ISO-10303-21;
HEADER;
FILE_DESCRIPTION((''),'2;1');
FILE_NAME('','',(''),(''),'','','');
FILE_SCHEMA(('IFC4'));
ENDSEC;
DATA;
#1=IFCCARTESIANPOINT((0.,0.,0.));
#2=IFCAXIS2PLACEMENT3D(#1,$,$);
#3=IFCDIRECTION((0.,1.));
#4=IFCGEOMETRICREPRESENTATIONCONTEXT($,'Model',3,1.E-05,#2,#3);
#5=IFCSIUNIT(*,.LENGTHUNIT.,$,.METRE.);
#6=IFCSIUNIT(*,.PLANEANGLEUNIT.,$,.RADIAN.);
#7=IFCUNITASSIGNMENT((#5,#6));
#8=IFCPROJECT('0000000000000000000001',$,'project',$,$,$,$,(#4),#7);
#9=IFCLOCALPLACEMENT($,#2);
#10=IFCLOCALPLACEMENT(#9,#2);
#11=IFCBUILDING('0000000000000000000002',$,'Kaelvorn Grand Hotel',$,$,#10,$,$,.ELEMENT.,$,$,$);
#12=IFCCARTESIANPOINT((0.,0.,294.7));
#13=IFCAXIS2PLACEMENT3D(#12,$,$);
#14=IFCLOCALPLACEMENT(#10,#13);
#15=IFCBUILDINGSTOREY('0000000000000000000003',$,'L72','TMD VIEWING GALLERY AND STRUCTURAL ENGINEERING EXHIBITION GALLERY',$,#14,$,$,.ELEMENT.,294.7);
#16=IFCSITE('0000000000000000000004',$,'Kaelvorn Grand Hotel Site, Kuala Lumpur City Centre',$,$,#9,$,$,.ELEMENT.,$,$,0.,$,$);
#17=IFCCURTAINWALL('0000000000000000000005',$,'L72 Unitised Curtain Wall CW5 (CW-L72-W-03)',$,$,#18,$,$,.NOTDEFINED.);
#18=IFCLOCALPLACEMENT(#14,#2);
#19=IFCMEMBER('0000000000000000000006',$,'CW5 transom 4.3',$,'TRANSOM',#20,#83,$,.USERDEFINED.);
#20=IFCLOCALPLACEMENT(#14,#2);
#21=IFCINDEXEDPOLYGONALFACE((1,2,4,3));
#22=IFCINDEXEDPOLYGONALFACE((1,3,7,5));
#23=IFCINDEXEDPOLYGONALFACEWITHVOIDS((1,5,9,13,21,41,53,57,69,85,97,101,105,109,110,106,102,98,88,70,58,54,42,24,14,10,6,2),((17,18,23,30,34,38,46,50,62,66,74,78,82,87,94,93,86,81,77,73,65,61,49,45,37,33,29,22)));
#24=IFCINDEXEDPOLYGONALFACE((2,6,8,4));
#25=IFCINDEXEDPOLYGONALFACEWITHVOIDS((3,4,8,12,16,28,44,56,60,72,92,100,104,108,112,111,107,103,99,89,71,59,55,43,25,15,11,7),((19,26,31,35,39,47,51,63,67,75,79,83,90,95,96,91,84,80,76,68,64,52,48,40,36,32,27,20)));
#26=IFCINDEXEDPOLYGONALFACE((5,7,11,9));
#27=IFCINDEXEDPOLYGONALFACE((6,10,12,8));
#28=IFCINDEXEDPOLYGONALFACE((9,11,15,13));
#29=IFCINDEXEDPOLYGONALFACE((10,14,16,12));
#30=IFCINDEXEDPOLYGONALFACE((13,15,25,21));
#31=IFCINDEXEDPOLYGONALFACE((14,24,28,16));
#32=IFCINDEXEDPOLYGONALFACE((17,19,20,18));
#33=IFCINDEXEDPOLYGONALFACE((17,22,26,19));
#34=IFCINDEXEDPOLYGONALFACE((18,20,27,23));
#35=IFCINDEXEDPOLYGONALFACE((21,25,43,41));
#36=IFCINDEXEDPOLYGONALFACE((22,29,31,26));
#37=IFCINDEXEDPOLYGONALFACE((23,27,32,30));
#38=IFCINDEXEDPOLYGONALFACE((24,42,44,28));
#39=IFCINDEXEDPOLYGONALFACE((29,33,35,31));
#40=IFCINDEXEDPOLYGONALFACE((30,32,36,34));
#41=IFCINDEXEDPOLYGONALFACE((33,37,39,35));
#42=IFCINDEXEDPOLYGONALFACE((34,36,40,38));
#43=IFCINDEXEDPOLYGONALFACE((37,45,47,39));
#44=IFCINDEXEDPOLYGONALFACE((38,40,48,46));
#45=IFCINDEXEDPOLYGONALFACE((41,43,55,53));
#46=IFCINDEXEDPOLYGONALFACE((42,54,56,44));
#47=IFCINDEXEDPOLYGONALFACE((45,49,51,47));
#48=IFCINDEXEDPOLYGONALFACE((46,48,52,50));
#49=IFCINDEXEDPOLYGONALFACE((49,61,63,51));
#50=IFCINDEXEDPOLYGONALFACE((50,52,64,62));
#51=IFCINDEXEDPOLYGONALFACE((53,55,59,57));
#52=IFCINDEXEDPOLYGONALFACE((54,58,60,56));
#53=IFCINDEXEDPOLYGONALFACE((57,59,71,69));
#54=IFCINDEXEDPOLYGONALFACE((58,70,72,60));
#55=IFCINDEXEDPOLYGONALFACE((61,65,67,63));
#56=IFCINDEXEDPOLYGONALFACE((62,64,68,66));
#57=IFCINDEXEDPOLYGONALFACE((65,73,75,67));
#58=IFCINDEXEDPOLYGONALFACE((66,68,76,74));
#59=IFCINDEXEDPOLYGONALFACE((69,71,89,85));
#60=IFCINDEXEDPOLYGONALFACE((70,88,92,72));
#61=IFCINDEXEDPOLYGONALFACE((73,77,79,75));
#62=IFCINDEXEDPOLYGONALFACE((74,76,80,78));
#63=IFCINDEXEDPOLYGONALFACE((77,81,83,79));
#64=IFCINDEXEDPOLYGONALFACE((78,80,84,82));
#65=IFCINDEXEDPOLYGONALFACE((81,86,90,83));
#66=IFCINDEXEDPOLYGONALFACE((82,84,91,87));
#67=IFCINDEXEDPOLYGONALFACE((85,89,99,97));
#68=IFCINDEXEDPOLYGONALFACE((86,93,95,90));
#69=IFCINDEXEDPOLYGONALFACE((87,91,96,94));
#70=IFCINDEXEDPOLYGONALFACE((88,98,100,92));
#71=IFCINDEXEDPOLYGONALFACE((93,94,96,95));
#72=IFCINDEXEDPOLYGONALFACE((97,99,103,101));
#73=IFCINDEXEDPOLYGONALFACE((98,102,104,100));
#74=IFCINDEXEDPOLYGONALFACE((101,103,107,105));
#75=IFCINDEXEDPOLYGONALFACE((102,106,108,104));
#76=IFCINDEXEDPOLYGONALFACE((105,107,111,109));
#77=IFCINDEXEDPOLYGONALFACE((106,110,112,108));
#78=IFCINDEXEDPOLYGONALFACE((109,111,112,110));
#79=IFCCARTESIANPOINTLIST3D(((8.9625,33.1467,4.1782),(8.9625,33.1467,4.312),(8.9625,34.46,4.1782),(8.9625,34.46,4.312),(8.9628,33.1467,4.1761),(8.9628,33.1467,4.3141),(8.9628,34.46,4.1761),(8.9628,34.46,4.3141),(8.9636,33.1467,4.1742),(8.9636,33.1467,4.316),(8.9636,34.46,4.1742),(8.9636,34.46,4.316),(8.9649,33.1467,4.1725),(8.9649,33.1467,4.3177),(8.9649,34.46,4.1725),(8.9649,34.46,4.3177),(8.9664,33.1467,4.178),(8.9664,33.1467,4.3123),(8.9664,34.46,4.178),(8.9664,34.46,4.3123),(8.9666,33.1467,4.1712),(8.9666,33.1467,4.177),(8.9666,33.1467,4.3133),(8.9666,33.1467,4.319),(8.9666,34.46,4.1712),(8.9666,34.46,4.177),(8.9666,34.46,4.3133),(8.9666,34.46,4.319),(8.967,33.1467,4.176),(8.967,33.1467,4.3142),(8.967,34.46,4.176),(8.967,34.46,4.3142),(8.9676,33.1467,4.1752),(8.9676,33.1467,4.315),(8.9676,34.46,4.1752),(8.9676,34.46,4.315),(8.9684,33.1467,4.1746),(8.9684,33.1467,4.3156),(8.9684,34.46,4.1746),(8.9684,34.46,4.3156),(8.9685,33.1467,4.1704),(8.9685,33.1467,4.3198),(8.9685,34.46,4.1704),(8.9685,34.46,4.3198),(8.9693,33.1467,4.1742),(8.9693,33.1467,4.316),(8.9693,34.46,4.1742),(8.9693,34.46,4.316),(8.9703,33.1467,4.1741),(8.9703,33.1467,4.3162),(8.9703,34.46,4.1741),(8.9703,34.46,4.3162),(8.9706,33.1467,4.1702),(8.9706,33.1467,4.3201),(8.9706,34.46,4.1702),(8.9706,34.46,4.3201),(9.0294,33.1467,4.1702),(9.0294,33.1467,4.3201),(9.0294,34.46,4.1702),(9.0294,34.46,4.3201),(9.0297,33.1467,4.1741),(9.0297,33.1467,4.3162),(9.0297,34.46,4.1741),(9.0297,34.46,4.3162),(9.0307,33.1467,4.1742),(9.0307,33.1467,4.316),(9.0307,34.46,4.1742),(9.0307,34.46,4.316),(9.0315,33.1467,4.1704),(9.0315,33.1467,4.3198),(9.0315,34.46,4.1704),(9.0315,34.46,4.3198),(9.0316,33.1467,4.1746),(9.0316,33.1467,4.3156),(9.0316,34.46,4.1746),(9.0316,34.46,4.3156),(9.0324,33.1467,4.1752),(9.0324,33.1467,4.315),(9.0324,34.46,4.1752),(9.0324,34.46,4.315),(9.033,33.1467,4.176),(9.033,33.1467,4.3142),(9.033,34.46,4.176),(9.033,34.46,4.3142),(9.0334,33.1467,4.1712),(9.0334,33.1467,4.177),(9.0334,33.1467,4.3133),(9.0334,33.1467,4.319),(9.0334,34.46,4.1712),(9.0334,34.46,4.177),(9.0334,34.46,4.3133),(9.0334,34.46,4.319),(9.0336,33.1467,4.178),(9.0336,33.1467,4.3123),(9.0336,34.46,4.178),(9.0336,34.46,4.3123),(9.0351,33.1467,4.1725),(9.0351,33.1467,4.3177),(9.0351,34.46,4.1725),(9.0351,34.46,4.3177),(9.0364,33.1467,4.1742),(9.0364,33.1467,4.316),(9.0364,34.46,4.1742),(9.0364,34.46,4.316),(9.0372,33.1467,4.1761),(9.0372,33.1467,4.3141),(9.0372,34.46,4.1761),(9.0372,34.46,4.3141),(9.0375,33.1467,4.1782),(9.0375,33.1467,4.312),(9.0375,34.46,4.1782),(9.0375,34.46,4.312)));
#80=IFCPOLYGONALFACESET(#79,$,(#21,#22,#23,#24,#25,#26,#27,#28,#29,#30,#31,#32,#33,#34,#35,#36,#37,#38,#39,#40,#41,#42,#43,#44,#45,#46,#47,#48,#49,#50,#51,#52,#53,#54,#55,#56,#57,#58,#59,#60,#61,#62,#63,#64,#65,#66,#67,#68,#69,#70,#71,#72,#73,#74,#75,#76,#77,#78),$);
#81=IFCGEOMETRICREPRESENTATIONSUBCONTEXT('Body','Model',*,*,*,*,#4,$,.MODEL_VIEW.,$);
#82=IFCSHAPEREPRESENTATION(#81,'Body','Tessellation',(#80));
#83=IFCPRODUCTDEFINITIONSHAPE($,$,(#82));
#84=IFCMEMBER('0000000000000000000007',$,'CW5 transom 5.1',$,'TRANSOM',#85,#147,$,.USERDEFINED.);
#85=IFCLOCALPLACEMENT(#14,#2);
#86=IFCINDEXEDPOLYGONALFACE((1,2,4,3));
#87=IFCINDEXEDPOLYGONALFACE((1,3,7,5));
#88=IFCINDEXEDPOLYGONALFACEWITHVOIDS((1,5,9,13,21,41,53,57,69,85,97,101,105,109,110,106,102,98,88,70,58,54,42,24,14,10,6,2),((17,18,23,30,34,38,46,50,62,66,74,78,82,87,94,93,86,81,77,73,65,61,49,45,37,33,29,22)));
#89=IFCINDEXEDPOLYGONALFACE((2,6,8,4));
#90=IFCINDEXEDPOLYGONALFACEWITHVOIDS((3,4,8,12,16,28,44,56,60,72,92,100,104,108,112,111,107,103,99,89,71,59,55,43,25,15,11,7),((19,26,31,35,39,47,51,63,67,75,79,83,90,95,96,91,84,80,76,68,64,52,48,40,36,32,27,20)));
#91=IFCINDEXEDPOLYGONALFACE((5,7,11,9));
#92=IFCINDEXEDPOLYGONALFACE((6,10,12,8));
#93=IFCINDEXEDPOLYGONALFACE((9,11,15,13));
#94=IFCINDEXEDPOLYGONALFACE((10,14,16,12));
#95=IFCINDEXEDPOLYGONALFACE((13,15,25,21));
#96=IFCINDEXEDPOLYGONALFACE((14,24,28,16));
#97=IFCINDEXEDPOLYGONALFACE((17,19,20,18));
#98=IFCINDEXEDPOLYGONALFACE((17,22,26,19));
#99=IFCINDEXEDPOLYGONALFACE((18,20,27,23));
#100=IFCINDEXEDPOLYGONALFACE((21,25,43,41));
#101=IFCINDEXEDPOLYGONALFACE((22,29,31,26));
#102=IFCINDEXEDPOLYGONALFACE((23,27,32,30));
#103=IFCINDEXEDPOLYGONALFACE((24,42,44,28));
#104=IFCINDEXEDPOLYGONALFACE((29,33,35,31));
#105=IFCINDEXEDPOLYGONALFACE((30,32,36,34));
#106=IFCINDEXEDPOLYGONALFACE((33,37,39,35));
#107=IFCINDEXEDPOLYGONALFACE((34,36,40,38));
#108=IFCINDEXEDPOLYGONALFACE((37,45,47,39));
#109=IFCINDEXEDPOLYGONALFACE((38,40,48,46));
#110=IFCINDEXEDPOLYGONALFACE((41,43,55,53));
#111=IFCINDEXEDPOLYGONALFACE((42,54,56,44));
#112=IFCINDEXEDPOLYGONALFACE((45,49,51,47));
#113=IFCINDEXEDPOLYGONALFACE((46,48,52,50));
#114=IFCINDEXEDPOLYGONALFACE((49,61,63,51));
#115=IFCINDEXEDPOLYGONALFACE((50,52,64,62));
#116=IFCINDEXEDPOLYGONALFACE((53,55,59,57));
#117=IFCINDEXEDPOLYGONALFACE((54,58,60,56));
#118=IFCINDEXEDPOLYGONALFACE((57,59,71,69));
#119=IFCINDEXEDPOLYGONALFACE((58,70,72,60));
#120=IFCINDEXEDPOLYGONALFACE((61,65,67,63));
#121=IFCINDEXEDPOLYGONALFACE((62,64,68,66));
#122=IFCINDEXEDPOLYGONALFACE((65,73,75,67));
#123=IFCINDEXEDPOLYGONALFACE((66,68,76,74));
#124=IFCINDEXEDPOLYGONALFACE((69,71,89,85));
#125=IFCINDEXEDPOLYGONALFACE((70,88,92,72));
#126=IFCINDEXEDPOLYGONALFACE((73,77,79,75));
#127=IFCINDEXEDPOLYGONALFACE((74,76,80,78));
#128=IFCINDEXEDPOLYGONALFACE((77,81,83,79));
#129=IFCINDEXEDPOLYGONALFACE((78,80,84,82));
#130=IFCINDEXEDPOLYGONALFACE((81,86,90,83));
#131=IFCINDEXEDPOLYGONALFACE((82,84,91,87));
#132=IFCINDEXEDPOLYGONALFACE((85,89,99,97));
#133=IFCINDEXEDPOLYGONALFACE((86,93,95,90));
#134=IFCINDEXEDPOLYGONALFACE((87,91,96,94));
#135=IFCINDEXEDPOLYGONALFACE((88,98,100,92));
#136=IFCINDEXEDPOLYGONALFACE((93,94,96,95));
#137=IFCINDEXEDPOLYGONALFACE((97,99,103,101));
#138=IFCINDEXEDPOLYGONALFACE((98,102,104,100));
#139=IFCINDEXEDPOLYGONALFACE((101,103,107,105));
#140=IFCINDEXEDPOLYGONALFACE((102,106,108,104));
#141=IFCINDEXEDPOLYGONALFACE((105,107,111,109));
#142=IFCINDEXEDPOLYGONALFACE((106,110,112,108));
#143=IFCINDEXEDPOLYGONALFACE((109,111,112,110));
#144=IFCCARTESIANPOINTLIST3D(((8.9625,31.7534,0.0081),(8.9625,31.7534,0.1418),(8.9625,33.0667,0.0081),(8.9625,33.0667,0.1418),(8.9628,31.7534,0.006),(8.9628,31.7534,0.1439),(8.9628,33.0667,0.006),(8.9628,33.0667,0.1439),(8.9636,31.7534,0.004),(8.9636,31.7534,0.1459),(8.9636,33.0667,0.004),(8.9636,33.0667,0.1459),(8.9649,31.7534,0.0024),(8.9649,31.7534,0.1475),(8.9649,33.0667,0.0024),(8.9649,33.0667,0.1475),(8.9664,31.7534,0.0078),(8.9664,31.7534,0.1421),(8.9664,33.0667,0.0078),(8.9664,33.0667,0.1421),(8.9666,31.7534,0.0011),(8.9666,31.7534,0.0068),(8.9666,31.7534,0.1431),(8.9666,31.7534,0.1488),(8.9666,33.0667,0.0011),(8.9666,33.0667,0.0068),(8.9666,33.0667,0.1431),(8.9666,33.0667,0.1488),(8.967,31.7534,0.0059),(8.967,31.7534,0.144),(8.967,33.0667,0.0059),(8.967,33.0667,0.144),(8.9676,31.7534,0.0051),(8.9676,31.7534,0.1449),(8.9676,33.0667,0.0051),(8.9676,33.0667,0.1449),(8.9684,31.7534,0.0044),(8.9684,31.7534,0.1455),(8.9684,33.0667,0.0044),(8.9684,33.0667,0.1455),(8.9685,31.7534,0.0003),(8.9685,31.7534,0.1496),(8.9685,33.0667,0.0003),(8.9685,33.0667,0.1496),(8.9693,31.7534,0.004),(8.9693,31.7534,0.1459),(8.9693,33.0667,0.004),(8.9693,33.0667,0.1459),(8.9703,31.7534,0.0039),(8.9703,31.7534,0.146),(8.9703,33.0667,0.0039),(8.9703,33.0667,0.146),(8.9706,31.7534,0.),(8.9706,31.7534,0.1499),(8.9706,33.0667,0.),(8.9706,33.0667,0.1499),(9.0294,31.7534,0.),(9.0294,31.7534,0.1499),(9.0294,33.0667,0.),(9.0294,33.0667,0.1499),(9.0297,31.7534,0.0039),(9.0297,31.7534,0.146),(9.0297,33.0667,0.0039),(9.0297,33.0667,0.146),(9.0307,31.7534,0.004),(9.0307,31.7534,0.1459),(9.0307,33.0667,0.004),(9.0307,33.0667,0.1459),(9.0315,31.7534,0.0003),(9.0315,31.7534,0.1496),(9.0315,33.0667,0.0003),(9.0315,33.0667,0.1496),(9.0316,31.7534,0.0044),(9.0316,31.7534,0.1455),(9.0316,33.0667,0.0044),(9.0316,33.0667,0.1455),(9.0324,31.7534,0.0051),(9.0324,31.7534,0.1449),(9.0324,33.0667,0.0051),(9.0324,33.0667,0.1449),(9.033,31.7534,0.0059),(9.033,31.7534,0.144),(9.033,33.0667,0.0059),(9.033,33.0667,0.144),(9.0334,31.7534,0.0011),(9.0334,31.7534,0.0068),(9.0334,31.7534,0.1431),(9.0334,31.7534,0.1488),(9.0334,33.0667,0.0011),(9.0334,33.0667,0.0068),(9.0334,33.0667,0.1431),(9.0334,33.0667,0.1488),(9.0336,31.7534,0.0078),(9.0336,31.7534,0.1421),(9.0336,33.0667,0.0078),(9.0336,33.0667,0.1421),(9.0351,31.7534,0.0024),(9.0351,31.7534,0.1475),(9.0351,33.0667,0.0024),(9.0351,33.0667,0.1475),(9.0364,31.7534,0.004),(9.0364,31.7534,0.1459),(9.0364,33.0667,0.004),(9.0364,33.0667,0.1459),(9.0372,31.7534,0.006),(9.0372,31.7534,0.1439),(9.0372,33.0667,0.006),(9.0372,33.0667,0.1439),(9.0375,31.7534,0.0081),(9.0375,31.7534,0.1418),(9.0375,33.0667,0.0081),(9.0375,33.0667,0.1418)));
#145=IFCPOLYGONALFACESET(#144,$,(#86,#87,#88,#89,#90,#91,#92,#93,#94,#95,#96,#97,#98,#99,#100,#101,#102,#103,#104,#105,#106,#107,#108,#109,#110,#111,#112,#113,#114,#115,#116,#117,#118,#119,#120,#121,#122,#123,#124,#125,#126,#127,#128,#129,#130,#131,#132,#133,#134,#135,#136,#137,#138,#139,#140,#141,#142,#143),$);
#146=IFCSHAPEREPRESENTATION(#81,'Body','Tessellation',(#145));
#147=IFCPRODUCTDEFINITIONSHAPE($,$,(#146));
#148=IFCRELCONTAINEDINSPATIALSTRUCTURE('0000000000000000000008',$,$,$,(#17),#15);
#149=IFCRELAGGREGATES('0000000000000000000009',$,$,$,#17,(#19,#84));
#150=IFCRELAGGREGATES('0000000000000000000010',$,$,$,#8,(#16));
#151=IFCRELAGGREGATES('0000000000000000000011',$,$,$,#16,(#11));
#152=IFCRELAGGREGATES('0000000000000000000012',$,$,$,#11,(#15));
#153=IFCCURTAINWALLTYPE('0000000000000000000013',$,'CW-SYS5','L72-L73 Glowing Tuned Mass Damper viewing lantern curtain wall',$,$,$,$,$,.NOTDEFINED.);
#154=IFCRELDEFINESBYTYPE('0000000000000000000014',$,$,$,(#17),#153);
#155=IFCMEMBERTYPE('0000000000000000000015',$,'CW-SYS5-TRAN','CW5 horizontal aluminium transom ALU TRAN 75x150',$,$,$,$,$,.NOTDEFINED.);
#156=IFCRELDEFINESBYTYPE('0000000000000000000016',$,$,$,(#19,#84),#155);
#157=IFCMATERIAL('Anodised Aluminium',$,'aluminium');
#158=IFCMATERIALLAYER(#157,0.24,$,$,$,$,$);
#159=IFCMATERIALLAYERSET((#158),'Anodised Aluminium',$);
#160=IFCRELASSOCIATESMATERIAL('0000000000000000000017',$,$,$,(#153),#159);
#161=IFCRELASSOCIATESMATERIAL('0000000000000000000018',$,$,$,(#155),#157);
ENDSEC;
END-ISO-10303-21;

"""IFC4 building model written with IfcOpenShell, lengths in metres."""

from ifc_helpers import new_model, si_unit, direction, frame, origin, origin_2d, place, context, subcontext, project, spatial, hollow_rectangle, extrude, material, layer, layer_set, material_profile, profile_set, type_object, element, aggregate, save


model = new_model("IFC4")

# Units and contexts
model_context = context("Model", 3, precision=1e-05, world=origin(), true_north=direction((0.0, 1.0)))
body_context = subcontext(model_context, "Body", "Model", "MODEL_VIEW")
ifc_project = project(units=[si_unit("LENGTHUNIT", "METRE"), si_unit("PLANEANGLEUNIT", "RADIAN")], contexts=[model_context])

# Site, building, storey
site_placement = place(None, origin())
site = spatial("IfcSite", under=ifc_project, at=site_placement, Name="Kaelvorn Grand Hotel Site, Kuala Lumpur City Centre", CompositionType="ELEMENT", RefElevation=0.0)
building_placement = place(site_placement, origin())
building = spatial("IfcBuilding", under=site, at=building_placement, Name="Kaelvorn Grand Hotel", CompositionType="ELEMENT")
storey_placement = place(building_placement, frame((0.0, 0.0, 294.7)))
storey = spatial("IfcBuildingStorey", under=building, at=storey_placement, Name="L72", Description="TMD VIEWING GALLERY AND STRUCTURAL ENGINEERING EXHIBITION GALLERY", CompositionType="ELEMENT", Elevation=294.7)

# Curtain wall, members
ifc_material_1 = material(Name="Anodised Aluminium", Category="aluminium")
ifc_layer_1 = layer(ifc_material_1, 0.24)
ifc_layer_set_1 = layer_set([ifc_layer_1], Name="Anodised Aluminium")
curtain_wall_type = type_object("IfcCurtainWallType", Name="CW-SYS5", Description="L72-L73 Glowing Tuned Mass Damper viewing lantern curtain wall", PredefinedType="NOTDEFINED", material=ifc_layer_set_1)
curtain_wall_placement = place(storey_placement, origin())
curtain_wall = element("IfcCurtainWall", 1, at=curtain_wall_placement, inside=storey, type_object=curtain_wall_type, Name="L72 Unitised Curtain Wall CW5 (CW-L72-W-03)", PredefinedType="NOTDEFINED")
ifc_material_profile_1 = material_profile(ifc_material_1, hollow_rectangle(XDim=0.075, YDim=0.1499, WallThickness=0.0039, InnerFilletRadius=0.0039, OuterFilletRadius=0.0081, at=origin_2d()), Name="ALU TRAN 75x150")
ifc_profile_set_1 = profile_set([ifc_material_profile_1], Name="Anodised Aluminium")
member_type_1 = type_object("IfcMemberType", Name="CW-SYS5-TRAN", Description="CW5 horizontal aluminium transom ALU TRAN 75x150", PredefinedType="NOTDEFINED", material=ifc_profile_set_1)
member_1_placement = place(storey_placement, frame((9.0, 34.46, 4.2451), z_axis=(0.0, -1.0, 0.0), x_axis=(1.0, 0.0, 0.0)))
member_1 = element("IfcMember", 2, at=member_1_placement, type_object=member_type_1, Name="CW5 transom 4.3", ObjectType="TRANSOM", PredefinedType="USERDEFINED", context=body_context, shape_type="SweptSolid", body=[
    extrude(hollow_rectangle(XDim=0.075, YDim=0.1499, WallThickness=0.0039, InnerFilletRadius=0.0039, OuterFilletRadius=0.0081, at=origin_2d()), origin(), (0.0, 0.0, 1.0), 1.3132),
])
member_2_placement = place(storey_placement, frame((9.0, 33.0667, 0.075), z_axis=(0.0, -1.0, 0.0), x_axis=(1.0, 0.0, 0.0)))
member_2 = element("IfcMember", 3, at=member_2_placement, type_object=member_type_1, Name="CW5 transom 5.1", ObjectType="TRANSOM", PredefinedType="USERDEFINED", context=body_context, shape_type="SweptSolid", body=[
    extrude(hollow_rectangle(XDim=0.075, YDim=0.1499, WallThickness=0.0039, InnerFilletRadius=0.0039, OuterFilletRadius=0.0081, at=origin_2d()), origin(), (0.0, 0.0, 1.0), 1.3132),
])
aggregate(curtain_wall, [member_1, member_2])

save(model, "model.ifc")
